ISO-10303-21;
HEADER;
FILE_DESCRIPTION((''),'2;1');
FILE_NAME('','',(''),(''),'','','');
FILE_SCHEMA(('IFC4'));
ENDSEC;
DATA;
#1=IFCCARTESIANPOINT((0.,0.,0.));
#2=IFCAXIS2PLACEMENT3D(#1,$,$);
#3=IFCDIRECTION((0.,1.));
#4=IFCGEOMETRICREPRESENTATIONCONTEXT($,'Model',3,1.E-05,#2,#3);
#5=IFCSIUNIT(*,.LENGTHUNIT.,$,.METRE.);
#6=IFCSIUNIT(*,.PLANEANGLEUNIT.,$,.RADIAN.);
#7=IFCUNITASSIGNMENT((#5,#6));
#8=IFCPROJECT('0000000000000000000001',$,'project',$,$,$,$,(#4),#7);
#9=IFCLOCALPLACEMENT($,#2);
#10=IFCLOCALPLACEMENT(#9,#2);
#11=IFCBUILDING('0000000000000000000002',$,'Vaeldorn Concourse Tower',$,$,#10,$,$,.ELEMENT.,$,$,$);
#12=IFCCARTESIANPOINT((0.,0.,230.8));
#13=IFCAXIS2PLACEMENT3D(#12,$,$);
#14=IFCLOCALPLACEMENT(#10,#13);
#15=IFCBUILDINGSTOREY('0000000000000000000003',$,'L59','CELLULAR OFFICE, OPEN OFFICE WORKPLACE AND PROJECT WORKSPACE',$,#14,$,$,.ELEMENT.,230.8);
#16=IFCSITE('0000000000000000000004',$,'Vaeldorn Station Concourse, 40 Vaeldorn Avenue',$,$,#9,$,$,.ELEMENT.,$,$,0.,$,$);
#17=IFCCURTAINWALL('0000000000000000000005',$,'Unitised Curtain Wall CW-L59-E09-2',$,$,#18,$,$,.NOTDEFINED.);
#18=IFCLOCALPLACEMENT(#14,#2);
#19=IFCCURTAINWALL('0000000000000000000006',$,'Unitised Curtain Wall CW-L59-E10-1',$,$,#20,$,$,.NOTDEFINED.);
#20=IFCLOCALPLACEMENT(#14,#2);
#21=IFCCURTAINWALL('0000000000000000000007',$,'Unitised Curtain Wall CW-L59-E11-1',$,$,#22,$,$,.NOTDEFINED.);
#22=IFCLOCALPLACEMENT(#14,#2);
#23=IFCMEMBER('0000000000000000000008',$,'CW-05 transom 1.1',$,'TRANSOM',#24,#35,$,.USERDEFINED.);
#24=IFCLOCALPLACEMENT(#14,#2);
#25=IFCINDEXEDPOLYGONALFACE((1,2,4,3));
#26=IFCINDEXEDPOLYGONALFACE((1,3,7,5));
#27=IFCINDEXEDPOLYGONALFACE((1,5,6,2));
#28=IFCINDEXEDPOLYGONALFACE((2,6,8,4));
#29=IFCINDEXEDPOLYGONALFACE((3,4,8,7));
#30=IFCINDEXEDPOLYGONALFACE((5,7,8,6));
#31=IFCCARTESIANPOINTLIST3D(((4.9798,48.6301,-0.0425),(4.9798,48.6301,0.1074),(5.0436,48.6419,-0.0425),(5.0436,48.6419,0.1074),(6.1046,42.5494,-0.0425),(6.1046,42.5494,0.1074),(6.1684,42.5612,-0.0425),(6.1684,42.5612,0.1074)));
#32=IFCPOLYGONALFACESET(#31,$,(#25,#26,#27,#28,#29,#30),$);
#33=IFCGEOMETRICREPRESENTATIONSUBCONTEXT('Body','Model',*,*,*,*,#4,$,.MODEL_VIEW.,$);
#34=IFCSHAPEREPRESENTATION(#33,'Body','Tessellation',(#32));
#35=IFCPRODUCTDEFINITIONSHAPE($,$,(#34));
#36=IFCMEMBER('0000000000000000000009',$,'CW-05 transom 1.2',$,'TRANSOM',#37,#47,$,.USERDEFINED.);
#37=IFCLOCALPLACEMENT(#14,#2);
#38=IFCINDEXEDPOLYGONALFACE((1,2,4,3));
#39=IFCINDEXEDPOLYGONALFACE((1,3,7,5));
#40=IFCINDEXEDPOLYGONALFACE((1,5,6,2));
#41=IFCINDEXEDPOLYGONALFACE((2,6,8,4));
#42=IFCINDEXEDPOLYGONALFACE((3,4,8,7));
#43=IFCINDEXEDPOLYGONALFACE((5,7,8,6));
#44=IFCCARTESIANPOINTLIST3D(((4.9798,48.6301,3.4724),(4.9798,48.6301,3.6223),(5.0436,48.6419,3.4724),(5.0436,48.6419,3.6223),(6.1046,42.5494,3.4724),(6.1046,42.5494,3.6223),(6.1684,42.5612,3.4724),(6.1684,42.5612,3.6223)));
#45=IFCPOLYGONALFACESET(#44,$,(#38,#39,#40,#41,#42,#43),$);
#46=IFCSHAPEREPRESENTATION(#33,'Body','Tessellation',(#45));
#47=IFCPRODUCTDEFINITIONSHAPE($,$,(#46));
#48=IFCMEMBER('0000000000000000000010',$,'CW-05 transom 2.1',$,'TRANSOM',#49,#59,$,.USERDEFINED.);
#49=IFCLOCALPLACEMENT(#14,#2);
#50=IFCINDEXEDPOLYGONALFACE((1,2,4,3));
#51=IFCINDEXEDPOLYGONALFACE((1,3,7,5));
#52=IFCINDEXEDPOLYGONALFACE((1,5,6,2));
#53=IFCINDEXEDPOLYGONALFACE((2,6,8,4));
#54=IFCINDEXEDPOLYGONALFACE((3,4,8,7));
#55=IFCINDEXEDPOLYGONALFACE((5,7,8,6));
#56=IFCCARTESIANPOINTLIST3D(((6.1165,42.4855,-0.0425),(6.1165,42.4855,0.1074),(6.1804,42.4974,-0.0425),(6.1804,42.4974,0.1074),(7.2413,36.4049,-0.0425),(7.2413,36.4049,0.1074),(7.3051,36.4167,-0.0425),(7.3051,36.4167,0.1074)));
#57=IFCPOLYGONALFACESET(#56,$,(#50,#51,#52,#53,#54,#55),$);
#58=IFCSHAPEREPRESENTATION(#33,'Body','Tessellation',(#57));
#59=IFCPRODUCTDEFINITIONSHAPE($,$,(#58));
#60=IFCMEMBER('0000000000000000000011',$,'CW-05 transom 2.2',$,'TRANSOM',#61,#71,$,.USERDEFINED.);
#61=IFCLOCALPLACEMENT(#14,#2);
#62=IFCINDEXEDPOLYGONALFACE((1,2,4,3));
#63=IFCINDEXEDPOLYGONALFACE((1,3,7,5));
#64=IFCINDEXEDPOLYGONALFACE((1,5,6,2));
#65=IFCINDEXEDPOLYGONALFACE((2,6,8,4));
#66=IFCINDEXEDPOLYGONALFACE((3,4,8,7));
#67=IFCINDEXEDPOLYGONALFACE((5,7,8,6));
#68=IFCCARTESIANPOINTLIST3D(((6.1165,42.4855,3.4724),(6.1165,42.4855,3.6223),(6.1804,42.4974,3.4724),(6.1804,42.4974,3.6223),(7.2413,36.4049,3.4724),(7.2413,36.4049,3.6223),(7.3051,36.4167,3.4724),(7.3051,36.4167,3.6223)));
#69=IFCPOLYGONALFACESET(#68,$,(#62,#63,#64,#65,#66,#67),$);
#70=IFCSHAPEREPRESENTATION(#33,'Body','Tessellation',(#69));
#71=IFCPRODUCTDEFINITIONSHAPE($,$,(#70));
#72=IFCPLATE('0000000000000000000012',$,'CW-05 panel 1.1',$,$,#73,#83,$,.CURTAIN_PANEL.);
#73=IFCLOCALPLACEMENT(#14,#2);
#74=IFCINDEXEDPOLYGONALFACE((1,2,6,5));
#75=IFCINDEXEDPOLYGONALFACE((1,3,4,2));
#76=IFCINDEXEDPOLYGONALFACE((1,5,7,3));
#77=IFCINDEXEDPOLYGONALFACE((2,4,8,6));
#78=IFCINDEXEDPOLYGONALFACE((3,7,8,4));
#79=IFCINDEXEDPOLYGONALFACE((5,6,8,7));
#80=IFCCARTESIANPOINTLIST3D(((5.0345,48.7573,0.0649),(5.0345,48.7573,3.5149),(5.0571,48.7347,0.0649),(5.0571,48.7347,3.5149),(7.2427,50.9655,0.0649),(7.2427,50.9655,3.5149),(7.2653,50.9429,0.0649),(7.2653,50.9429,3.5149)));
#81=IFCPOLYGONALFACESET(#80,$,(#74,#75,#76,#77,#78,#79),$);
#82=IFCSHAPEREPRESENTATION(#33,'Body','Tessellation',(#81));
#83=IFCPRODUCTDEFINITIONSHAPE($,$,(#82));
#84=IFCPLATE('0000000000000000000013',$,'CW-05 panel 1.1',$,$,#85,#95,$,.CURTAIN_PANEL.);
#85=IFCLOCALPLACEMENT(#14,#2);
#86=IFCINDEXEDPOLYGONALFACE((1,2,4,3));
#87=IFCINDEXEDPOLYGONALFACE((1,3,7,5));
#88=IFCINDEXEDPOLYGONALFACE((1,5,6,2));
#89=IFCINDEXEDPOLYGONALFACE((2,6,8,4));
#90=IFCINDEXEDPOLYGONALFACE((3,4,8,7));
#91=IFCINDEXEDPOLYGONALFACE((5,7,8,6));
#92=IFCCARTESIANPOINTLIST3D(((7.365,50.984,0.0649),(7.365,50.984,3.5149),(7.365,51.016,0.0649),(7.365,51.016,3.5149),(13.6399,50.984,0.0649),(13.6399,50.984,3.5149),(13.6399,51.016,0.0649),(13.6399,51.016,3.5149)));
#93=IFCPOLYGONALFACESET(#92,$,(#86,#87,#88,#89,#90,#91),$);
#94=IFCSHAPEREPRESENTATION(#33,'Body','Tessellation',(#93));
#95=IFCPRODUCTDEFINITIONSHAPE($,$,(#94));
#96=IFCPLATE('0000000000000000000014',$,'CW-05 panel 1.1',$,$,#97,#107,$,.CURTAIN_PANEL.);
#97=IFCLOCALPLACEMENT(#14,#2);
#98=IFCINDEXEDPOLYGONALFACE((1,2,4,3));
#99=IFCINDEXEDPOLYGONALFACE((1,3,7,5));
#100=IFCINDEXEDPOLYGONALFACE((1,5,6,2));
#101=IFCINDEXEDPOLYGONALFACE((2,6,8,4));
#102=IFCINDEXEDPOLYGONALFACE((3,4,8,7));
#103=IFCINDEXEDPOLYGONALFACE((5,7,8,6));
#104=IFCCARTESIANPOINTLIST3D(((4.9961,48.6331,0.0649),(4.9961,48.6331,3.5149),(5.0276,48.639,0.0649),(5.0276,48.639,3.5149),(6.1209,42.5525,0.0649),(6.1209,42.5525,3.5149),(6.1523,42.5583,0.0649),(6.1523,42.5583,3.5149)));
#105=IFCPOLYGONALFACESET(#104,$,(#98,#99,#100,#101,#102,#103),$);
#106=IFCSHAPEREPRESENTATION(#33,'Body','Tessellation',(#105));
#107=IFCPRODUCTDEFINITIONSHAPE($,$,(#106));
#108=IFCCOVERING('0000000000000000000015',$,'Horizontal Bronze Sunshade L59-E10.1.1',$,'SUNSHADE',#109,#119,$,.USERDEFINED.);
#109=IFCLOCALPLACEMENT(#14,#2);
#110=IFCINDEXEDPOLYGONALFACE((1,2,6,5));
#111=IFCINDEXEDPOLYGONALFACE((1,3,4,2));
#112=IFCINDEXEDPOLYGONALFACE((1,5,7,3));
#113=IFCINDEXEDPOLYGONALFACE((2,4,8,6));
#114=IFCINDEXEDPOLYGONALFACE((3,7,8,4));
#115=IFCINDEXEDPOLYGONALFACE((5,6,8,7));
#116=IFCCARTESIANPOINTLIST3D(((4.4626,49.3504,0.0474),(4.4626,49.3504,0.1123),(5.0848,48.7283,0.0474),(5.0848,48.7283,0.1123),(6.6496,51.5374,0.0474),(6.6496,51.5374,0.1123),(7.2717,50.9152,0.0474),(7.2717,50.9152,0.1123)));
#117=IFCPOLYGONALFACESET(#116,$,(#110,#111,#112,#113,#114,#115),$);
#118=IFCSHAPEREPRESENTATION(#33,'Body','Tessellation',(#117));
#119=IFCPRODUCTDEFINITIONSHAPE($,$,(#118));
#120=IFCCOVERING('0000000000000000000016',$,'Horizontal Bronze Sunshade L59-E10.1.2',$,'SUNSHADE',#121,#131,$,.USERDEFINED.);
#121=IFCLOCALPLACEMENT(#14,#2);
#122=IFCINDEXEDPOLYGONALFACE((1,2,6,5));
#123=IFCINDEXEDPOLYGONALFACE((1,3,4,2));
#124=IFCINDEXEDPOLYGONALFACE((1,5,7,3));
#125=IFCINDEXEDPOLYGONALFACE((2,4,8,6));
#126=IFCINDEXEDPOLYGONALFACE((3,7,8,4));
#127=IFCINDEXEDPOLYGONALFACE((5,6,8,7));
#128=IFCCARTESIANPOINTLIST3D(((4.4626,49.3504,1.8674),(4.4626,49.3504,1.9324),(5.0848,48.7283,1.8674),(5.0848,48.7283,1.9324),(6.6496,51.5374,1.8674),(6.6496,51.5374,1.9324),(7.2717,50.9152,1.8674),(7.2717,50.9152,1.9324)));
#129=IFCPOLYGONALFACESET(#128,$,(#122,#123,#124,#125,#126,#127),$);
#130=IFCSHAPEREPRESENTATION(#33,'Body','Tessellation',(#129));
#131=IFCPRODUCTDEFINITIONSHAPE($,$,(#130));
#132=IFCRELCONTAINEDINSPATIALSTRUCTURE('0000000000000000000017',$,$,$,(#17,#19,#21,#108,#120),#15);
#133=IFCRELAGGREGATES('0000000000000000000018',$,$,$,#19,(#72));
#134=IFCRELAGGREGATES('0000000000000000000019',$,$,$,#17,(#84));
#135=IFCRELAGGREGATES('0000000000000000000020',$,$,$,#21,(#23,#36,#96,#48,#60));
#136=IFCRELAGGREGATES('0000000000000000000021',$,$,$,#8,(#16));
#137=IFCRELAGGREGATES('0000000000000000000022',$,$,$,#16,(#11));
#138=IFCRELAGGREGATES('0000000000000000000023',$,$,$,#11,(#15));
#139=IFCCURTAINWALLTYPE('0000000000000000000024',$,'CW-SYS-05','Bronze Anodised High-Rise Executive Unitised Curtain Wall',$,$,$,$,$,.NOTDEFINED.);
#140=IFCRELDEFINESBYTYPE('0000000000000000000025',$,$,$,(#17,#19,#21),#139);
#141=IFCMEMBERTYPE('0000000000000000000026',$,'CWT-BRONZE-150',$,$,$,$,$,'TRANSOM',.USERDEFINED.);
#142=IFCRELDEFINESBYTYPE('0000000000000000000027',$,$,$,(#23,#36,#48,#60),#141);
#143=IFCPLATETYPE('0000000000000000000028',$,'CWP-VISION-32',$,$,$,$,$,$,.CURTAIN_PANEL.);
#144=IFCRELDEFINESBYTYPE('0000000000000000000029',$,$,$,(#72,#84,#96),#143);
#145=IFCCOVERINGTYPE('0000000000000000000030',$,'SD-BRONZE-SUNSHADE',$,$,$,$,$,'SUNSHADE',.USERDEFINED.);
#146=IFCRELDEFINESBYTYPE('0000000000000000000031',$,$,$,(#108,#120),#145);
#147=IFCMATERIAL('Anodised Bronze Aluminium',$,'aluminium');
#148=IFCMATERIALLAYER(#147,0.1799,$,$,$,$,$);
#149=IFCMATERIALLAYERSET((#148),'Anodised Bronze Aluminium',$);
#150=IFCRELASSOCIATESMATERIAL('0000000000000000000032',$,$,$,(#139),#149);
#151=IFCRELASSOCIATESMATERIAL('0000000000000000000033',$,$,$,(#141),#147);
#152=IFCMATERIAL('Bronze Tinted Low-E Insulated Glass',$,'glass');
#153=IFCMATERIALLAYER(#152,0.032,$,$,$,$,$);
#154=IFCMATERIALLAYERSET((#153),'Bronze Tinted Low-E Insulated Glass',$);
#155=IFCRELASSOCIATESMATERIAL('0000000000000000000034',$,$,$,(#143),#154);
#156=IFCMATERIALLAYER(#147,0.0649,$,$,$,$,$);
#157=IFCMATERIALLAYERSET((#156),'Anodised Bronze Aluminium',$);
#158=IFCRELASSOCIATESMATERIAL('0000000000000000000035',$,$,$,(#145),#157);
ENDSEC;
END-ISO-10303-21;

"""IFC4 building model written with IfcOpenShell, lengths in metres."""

from ifc_helpers import new_model, si_unit, direction, frame, origin, origin_2d, place, context, subcontext, project, spatial, rectangle, extrude, source, transform, mapped, material, layer, layer_set, material_profile, profile_set, type_object, element, aggregate, save


model = new_model("IFC4")

# Units and contexts
model_context = context("Model", 3, precision=1e-05, world=origin(), true_north=direction((0.0, 1.0)))
body_context = subcontext(model_context, "Body", "Model", "MODEL_VIEW")
ifc_project = project(units=[si_unit("LENGTHUNIT", "METRE"), si_unit("PLANEANGLEUNIT", "RADIAN")], contexts=[model_context])

# Site, building, storey
site_placement = place(None, origin())
site = spatial("IfcSite", under=ifc_project, at=site_placement, Name="Vaeldorn Station Concourse, 40 Vaeldorn Avenue", CompositionType="ELEMENT", RefElevation=0.0)
building_placement = place(site_placement, origin())
building = spatial("IfcBuilding", under=site, at=building_placement, Name="Vaeldorn Concourse Tower", CompositionType="ELEMENT")
storey_placement = place(building_placement, frame((0.0, 0.0, 230.8)))
storey = spatial("IfcBuildingStorey", under=building, at=storey_placement, Name="L59", Description="CELLULAR OFFICE, OPEN OFFICE WORKPLACE AND PROJECT WORKSPACE", CompositionType="ELEMENT", Elevation=230.8)

# Curtain walls
ifc_material_1 = material(Name="Anodised Bronze Aluminium", Category="aluminium")
ifc_layer_1 = layer(ifc_material_1, 0.1799)
ifc_layer_set_1 = layer_set([ifc_layer_1], Name="Anodised Bronze Aluminium")
curtain_wall_type = type_object("IfcCurtainWallType", Name="CW-SYS-05", Description="Bronze Anodised High-Rise Executive Unitised Curtain Wall", PredefinedType="NOTDEFINED", material=ifc_layer_set_1)
curtain_wall_1_placement = place(storey_placement, origin())
curtain_wall_1 = element("IfcCurtainWall", 1, at=curtain_wall_1_placement, inside=storey, type_object=curtain_wall_type, Name="Unitised Curtain Wall CW-L59-E09-2", PredefinedType="NOTDEFINED")
curtain_wall_2_placement = place(storey_placement, origin())
curtain_wall_2 = element("IfcCurtainWall", 2, at=curtain_wall_2_placement, inside=storey, type_object=curtain_wall_type, Name="Unitised Curtain Wall CW-L59-E10-1", PredefinedType="NOTDEFINED")
curtain_wall_3_placement = place(storey_placement, origin())
curtain_wall_3 = element("IfcCurtainWall", 3, at=curtain_wall_3_placement, inside=storey, type_object=curtain_wall_type, Name="Unitised Curtain Wall CW-L59-E11-1", PredefinedType="NOTDEFINED")

# Members
ifc_material_profile_1 = material_profile(ifc_material_1, rectangle(XDim=0.0649, YDim=0.1499, at=origin_2d()), Name="CWT 65x150")
ifc_profile_set_1 = profile_set([ifc_material_profile_1], Name="Anodised Bronze Aluminium")
member_type_1 = type_object("IfcMemberType", Name="CWT-BRONZE-150", ElementType="TRANSOM", PredefinedType="USERDEFINED", material=ifc_profile_set_1)
shared_shape_1 = source(origin(), body_context, "Body", "SweptSolid", [
    extrude(rectangle(XDim=0.0649, YDim=0.1499, at=origin_2d()), origin(), (0.0, 0.0, 1.0), 6.1838),
])
member_1_placement = place(storey_placement, frame((5.0117, 48.636, 0.0325), z_axis=(0.18189, -0.983319, 0.0), x_axis=(0.983319, 0.18189, 0.0)))
member_1 = element("IfcMember", 4, at=member_1_placement, type_object=member_type_1, Name="CW-05 transom 1.1", ObjectType="TRANSOM", PredefinedType="USERDEFINED", context=body_context, shape_type="MappedRepresentation", body=[
    mapped(shared_shape_1, transform((0.0, 0.0, 0.0), scale=1.0)),
])
member_2_placement = place(storey_placement, frame((5.0117, 48.636, 3.5474), z_axis=(0.18189, -0.983319, 0.0), x_axis=(0.983319, 0.18189, 0.0)))
member_2 = element("IfcMember", 5, at=member_2_placement, type_object=member_type_1, Name="CW-05 transom 1.2", ObjectType="TRANSOM", PredefinedType="USERDEFINED", context=body_context, shape_type="MappedRepresentation", body=[
    mapped(shared_shape_1, transform((0.0, 0.0, 0.0), scale=1.0)),
])
member_3_placement = place(storey_placement, frame((6.1484, 42.4915, 0.0325), z_axis=(0.18189, -0.983319, 0.0), x_axis=(0.983319, 0.18189, 0.0)))
member_3 = element("IfcMember", 6, at=member_3_placement, type_object=member_type_1, Name="CW-05 transom 2.1", ObjectType="TRANSOM", PredefinedType="USERDEFINED", context=body_context, shape_type="MappedRepresentation", body=[
    mapped(shared_shape_1, transform((0.0, 0.0, 0.0), scale=1.0)),
])
member_4_placement = place(storey_placement, frame((6.1484, 42.4915, 3.5474), z_axis=(0.18189, -0.983319, 0.0), x_axis=(0.983319, 0.18189, 0.0)))
member_4 = element("IfcMember", 7, at=member_4_placement, type_object=member_type_1, Name="CW-05 transom 2.2", ObjectType="TRANSOM", PredefinedType="USERDEFINED", context=body_context, shape_type="MappedRepresentation", body=[
    mapped(shared_shape_1, transform((0.0, 0.0, 0.0), scale=1.0)),
])

# Plates
ifc_material_2 = material(Name="Bronze Tinted Low-E Insulated Glass", Category="glass")
ifc_layer_2 = layer(ifc_material_2, 0.032)
ifc_layer_set_2 = layer_set([ifc_layer_2], Name="Bronze Tinted Low-E Insulated Glass")
plate_type = type_object("IfcPlateType", Name="CWP-VISION-32", PredefinedType="CURTAIN_PANEL", material=ifc_layer_set_2)
shared_shape_2 = source(origin(), body_context, "Body", "SweptSolid", [
    extrude(rectangle(XDim=3.1228, YDim=0.032, at=origin_2d()), origin(), (0.0, 0.0, 1.0), 3.45),
])
plate_1_placement = place(storey_placement, frame((6.1499, 49.8501, 0.0649), z_axis=(0.0, 0.0, 1.0), x_axis=(-0.707107, -0.707107, 0.0)))
plate_1 = element("IfcPlate", 8, at=plate_1_placement, type_object=plate_type, Name="CW-05 panel 1.1", PredefinedType="CURTAIN_PANEL", context=body_context, shape_type="MappedRepresentation", body=[
    mapped(shared_shape_2, transform((0.0, 0.0, 0.0), scale=1.0)),
])
aggregate(curtain_wall_2, [plate_1])
shared_shape_3 = source(origin(), body_context, "Body", "SweptSolid", [
    extrude(rectangle(XDim=6.2749, YDim=0.032, at=origin_2d()), origin(), (0.0, 0.0, 1.0), 3.45),
])
plate_2_placement = place(storey_placement, frame((10.5024, 51.0, 0.0649), z_axis=(0.0, 0.0, 1.0), x_axis=(-1.0, 0.0, 0.0)))
plate_2 = element("IfcPlate", 9, at=plate_2_placement, type_object=plate_type, Name="CW-05 panel 1.1", PredefinedType="CURTAIN_PANEL", context=body_context, shape_type="MappedRepresentation", body=[
    mapped(shared_shape_3, transform((0.0, 0.0, 0.0), scale=1.0)),
])
aggregate(curtain_wall_1, [plate_2])
shared_shape_4 = source(origin(), body_context, "Body", "SweptSolid", [
    extrude(rectangle(XDim=6.1838, YDim=0.032, at=origin_2d()), origin(), (0.0, 0.0, 1.0), 3.45),
])
plate_3_placement = place(storey_placement, frame((5.5742, 45.5957, 0.0649), z_axis=(0.0, 0.0, 1.0), x_axis=(0.181888, -0.983319, 0.0)))
plate_3 = element("IfcPlate", 10, at=plate_3_placement, type_object=plate_type, Name="CW-05 panel 1.1", PredefinedType="CURTAIN_PANEL", context=body_context, shape_type="MappedRepresentation", body=[
    mapped(shared_shape_4, transform((0.0, 0.0, 0.0), scale=1.0)),
])
aggregate(curtain_wall_3, [member_1, member_2, plate_3, member_3, member_4])

# Coverings
ifc_layer_3 = layer(ifc_material_1, 0.0649)
ifc_layer_set_3 = layer_set([ifc_layer_3], Name="Anodised Bronze Aluminium")
covering_type = type_object("IfcCoveringType", Name="SD-BRONZE-SUNSHADE", ElementType="SUNSHADE", PredefinedType="USERDEFINED", material=ifc_layer_set_3)
shared_shape_5 = source(origin(), body_context, "Body", "SweptSolid", [
    extrude(rectangle(XDim=3.0928, YDim=0.8799, at=origin_2d()), origin(), (0.0, 0.0, 1.0), 0.0649),
])
for number, where, z_axis, x_axis, name in (
    (11, (5.8672, 50.1328, 0.0474), (0.0, 0.0, 1.0), (-0.707107, -0.707107, 0.0), "Horizontal Bronze Sunshade L59-E10.1.1"),
    (12, (5.8672, 50.1328, 1.8674), (0.0, 0.0, 1.0), (-0.707107, -0.707107, 0.0), "Horizontal Bronze Sunshade L59-E10.1.2"),
):
    element("IfcCovering", number, at=place(storey_placement, frame(where, z_axis=z_axis, x_axis=x_axis)), inside=storey, type_object=covering_type, Name=name, ObjectType="SUNSHADE", PredefinedType="USERDEFINED", context=body_context, shape_type="MappedRepresentation", body=[
        mapped(shared_shape_5, transform((0.0, 0.0, 0.0), scale=1.0)),
    ])

save(model, "model.ifc")
